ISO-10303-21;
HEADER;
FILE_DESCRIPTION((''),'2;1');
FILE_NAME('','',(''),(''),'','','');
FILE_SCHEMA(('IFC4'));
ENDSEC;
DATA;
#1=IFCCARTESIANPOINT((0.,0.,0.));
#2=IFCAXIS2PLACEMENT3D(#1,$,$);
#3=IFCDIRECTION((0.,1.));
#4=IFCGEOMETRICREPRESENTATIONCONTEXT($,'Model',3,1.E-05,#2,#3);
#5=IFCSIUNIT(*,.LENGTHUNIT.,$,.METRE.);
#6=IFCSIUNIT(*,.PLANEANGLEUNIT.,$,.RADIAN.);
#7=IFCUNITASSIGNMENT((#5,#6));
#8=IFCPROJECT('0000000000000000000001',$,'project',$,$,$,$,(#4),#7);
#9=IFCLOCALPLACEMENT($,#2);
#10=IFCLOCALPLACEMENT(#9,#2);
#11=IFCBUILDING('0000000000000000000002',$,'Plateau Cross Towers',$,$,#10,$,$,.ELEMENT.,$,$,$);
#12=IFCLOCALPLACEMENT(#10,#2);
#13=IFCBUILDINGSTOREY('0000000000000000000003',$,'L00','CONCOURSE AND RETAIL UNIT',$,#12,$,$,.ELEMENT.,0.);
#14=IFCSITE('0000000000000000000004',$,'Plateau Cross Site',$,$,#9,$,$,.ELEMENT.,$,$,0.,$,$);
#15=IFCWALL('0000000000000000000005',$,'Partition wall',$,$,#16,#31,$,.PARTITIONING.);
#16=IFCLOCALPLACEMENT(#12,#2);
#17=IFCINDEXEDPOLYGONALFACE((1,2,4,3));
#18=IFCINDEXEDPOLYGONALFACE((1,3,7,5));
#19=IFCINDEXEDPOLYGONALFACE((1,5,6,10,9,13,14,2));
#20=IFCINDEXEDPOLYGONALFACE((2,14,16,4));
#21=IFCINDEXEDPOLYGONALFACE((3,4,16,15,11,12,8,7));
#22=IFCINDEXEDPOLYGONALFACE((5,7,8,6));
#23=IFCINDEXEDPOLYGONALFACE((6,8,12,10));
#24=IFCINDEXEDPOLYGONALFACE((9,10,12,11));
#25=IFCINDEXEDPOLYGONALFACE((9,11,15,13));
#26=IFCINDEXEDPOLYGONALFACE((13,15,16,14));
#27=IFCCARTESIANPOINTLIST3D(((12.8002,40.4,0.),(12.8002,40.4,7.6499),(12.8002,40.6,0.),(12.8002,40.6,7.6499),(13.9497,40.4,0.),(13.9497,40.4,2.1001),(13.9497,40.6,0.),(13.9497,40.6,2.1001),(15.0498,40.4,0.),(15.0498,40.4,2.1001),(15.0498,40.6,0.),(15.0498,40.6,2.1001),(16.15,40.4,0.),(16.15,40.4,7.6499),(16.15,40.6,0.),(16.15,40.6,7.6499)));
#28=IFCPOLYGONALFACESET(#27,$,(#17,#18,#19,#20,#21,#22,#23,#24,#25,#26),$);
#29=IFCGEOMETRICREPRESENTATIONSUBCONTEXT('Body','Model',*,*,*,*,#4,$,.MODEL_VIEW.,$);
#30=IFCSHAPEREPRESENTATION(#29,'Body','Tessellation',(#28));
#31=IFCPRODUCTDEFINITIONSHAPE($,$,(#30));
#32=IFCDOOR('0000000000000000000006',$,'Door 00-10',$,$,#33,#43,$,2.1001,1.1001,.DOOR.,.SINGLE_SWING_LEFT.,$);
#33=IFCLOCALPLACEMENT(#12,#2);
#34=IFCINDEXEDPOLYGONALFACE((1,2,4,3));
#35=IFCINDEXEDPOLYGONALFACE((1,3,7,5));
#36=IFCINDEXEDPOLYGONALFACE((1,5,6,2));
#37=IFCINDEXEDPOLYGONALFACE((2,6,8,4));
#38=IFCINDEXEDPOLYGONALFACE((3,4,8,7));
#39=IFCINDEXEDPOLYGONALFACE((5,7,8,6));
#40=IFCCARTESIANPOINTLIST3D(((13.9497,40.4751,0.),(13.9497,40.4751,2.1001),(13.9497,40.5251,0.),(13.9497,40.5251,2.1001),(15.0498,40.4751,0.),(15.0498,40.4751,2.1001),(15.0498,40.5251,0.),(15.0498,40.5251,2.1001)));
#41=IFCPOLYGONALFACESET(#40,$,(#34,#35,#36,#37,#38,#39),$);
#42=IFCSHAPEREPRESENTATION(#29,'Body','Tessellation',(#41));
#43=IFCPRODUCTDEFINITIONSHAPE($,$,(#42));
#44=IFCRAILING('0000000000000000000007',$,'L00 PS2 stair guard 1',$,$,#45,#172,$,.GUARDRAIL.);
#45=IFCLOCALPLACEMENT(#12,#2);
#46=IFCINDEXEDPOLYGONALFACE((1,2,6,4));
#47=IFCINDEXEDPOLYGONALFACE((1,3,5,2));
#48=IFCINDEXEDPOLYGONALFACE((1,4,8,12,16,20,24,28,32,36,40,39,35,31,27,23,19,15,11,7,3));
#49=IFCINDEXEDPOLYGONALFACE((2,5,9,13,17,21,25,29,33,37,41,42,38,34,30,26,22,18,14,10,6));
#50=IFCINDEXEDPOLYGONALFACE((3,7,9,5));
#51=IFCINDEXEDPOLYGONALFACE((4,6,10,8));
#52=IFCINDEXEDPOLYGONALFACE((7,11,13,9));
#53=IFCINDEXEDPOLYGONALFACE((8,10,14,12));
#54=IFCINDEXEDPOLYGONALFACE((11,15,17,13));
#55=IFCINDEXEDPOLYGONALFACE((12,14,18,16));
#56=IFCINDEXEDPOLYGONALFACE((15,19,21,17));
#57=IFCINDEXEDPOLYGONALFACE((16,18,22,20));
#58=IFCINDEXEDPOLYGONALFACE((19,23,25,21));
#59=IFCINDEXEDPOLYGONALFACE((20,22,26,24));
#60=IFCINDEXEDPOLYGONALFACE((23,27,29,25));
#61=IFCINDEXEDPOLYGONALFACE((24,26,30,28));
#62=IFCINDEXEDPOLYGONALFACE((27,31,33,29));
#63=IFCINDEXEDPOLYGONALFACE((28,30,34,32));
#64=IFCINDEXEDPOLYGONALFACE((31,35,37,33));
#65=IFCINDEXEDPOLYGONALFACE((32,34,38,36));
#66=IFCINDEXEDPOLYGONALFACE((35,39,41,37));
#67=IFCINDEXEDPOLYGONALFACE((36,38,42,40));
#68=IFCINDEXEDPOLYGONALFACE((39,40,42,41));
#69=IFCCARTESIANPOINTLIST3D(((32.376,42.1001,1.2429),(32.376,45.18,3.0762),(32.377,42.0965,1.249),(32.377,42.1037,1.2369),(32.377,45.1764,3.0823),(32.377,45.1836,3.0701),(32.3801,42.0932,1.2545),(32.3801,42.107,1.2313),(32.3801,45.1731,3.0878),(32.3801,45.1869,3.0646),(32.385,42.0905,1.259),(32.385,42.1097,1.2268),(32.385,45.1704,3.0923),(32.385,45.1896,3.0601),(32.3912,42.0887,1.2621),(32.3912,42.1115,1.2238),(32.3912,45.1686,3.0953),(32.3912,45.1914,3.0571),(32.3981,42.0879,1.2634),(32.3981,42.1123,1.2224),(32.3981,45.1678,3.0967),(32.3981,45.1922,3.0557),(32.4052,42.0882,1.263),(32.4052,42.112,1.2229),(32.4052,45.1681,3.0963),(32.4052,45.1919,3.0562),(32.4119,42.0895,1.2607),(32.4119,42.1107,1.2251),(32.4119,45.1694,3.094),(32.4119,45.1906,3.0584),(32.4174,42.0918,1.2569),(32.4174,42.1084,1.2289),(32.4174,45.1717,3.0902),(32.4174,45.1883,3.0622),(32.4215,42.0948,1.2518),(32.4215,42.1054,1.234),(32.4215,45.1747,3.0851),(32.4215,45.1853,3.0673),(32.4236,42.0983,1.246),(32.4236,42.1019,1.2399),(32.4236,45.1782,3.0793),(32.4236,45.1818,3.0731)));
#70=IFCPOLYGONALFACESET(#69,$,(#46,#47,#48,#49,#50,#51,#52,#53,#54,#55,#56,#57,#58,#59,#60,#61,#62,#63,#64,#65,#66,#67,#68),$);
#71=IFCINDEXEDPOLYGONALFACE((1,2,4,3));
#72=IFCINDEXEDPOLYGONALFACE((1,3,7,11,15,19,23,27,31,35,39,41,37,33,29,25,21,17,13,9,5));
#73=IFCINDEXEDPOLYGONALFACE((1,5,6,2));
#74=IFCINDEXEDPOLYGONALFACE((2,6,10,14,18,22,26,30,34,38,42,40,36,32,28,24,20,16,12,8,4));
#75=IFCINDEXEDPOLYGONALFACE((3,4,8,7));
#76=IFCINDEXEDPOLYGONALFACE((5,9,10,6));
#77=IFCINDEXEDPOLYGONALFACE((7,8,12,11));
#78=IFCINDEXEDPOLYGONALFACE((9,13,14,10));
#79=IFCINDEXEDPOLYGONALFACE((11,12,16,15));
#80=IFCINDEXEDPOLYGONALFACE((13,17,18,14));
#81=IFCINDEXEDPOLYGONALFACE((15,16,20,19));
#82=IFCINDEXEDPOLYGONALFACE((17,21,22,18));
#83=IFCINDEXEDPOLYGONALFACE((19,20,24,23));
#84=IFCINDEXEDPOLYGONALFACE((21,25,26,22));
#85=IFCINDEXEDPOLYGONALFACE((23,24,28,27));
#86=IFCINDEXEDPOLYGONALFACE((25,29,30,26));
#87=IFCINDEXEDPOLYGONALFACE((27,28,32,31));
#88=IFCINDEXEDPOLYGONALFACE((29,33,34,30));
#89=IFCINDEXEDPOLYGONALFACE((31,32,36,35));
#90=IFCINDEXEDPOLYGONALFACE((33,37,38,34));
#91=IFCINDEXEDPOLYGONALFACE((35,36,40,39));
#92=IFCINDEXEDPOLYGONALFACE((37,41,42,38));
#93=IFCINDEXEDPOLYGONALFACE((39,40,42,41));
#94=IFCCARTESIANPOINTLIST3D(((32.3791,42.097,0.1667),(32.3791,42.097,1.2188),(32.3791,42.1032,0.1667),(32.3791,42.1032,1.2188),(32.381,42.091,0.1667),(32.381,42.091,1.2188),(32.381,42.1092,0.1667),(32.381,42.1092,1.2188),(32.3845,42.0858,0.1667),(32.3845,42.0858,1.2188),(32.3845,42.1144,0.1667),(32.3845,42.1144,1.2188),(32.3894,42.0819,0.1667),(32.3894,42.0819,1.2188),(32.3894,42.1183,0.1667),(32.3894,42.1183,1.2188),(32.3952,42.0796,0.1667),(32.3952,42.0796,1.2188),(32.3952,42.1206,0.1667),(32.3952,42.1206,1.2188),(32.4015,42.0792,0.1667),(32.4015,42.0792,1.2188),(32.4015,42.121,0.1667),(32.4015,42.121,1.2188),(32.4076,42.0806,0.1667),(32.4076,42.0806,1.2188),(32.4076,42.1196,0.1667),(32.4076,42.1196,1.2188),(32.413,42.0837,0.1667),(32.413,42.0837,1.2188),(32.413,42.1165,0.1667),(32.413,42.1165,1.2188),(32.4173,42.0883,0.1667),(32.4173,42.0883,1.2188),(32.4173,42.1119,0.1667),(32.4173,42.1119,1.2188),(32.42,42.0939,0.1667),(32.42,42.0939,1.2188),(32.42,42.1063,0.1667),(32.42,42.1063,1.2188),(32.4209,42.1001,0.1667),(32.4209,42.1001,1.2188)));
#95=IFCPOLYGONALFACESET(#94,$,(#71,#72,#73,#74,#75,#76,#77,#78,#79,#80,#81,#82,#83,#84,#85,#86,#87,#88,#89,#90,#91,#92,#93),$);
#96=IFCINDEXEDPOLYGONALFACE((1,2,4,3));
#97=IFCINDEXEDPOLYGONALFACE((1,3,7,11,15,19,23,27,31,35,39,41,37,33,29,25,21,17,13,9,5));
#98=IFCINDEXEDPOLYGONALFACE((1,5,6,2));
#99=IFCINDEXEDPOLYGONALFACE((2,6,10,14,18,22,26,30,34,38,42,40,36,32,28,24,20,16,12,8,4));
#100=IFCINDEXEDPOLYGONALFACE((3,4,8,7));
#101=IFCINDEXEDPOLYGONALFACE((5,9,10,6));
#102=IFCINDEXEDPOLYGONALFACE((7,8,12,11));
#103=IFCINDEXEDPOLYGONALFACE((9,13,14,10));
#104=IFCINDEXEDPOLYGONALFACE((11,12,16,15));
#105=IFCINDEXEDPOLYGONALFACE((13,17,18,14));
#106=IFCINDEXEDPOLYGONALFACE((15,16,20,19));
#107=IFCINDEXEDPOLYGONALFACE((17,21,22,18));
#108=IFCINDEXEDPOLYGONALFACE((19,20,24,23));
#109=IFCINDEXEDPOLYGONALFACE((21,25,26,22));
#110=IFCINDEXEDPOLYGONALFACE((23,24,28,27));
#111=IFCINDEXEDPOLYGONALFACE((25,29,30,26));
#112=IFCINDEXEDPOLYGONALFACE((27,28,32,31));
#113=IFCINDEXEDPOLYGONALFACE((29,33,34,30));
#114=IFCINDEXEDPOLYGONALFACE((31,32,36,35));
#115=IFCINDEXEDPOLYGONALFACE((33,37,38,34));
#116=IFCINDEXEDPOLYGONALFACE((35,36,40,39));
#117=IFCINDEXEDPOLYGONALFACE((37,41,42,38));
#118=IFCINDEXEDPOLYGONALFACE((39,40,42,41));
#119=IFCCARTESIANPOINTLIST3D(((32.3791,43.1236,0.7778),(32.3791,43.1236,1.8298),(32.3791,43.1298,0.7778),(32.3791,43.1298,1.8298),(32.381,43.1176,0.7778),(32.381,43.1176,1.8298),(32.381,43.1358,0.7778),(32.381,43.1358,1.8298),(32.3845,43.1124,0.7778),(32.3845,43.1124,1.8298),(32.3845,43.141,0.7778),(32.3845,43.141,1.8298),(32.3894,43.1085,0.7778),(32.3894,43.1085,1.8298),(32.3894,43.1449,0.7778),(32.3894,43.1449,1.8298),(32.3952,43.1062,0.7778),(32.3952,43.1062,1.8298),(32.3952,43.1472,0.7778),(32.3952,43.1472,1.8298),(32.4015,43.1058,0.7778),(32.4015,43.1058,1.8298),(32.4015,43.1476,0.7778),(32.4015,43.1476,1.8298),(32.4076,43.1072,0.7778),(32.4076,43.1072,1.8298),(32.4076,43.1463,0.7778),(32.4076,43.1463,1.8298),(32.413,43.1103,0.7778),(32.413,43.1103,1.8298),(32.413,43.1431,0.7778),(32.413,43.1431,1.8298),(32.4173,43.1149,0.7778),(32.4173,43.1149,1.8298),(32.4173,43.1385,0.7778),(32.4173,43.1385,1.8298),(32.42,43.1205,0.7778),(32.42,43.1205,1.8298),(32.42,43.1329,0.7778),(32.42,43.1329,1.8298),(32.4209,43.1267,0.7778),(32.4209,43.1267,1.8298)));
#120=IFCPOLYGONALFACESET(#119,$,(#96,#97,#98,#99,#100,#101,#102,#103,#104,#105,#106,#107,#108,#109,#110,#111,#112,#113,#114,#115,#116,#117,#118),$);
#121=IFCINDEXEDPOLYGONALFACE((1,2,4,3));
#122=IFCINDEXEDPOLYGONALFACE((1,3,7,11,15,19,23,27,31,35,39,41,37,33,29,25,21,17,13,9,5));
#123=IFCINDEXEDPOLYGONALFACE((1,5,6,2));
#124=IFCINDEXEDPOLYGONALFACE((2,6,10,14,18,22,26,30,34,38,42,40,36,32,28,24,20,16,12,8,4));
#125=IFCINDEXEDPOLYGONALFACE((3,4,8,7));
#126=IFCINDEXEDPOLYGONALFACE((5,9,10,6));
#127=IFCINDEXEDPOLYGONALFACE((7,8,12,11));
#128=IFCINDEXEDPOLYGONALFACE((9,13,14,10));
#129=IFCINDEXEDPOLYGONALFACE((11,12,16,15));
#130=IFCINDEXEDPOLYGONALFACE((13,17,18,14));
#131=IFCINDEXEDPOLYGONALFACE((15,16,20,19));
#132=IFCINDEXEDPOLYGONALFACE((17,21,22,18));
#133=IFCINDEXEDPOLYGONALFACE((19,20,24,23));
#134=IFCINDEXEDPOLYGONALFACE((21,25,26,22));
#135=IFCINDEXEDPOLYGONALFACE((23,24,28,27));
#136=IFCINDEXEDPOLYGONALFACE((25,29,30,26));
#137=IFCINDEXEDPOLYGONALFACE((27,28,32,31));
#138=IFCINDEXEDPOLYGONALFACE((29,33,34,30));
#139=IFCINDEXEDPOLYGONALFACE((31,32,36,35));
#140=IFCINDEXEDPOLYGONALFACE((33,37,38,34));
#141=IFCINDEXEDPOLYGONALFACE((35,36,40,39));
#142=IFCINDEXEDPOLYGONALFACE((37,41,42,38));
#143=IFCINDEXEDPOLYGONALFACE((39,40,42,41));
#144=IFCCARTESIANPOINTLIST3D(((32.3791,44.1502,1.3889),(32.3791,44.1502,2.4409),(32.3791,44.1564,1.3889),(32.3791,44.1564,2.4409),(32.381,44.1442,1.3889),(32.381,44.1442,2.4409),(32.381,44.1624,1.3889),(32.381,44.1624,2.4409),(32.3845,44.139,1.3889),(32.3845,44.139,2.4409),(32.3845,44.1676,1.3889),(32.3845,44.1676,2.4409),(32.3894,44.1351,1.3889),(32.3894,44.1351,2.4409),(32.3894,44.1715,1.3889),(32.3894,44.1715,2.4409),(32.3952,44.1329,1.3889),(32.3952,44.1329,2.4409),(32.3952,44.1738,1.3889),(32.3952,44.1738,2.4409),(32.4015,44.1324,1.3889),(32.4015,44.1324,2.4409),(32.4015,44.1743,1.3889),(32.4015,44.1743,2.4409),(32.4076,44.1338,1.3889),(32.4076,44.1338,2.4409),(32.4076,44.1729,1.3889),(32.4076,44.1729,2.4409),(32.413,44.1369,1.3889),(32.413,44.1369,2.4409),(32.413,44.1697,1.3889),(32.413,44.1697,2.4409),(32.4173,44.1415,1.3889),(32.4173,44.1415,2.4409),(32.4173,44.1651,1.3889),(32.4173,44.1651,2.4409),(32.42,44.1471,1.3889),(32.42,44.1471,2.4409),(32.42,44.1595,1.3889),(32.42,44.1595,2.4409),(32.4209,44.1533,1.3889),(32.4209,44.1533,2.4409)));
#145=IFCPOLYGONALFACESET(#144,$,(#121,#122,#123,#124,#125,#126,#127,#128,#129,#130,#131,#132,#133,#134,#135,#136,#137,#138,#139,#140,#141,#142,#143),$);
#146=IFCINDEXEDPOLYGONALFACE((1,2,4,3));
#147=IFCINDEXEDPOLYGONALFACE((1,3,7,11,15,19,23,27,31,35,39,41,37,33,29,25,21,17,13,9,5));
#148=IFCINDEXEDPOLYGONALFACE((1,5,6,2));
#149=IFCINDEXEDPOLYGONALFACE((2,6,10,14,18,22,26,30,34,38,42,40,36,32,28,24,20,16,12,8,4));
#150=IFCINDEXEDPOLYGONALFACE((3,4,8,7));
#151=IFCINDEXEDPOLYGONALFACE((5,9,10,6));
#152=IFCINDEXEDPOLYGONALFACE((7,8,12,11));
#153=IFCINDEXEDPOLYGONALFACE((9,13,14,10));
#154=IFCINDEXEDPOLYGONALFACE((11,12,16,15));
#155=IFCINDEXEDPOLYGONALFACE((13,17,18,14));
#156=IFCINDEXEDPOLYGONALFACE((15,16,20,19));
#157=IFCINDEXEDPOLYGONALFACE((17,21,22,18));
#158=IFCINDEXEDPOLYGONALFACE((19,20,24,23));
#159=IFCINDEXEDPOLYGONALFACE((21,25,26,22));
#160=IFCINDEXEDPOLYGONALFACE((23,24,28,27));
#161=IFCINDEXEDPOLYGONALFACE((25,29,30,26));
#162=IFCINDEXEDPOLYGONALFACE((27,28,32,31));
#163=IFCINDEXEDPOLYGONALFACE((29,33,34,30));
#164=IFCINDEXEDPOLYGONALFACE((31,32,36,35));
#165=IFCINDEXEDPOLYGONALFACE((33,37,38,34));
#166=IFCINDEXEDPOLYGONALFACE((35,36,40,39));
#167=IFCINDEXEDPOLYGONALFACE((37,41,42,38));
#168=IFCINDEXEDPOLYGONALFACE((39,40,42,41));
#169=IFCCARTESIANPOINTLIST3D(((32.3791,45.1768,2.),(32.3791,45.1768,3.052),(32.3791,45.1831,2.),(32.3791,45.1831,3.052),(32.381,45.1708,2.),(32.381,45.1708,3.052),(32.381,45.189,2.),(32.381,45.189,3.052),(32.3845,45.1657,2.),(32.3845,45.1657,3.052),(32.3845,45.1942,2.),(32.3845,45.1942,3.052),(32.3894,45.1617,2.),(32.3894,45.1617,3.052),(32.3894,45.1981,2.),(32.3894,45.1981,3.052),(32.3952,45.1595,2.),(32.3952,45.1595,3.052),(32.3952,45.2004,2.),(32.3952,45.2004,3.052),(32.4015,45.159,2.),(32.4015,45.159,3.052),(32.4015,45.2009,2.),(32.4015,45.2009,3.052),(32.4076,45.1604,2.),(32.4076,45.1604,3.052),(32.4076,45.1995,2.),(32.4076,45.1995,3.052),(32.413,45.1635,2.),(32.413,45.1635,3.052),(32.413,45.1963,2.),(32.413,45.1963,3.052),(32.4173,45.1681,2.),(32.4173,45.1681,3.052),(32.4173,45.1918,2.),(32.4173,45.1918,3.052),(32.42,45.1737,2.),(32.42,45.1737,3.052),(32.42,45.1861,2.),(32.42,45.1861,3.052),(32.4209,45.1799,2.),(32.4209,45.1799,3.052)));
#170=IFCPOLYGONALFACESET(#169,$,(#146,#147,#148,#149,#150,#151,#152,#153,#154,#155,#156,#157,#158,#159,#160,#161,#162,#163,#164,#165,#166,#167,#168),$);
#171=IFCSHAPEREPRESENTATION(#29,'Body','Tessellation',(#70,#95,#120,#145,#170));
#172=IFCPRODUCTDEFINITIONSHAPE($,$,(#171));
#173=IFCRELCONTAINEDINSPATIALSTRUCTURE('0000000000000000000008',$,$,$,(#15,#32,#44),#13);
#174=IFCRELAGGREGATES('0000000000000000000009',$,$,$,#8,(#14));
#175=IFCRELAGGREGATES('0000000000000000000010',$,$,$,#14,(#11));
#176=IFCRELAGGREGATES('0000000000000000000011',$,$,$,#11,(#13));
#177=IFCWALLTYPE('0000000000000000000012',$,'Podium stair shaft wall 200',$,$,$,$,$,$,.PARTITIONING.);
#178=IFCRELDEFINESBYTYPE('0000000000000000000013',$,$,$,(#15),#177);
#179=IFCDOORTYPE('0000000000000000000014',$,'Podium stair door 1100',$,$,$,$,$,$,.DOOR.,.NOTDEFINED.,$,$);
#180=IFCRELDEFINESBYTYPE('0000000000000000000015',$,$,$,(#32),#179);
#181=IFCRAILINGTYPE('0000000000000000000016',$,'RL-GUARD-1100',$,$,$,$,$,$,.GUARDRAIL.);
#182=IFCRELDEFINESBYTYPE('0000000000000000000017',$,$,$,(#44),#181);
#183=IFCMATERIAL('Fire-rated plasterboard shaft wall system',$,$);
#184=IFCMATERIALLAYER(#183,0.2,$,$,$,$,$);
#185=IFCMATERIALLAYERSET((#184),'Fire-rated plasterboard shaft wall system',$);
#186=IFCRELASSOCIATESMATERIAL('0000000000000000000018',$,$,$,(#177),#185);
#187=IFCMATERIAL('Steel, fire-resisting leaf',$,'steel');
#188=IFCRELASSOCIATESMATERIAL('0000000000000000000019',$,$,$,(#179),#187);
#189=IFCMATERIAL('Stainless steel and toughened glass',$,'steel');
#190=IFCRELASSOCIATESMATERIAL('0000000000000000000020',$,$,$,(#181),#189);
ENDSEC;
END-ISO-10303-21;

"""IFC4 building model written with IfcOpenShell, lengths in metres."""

from ifc_helpers import new_model, si_unit, direction, frame, frame_2d, origin, origin_2d, place, context, subcontext, project, spatial, rectangle, circle, extrude, material, layer, layer_set, type_object, element, fill, save


model = new_model("IFC4")

# Units and contexts
model_context = context("Model", 3, precision=1e-05, world=origin(), true_north=direction((0.0, 1.0)))
body_context = subcontext(model_context, "Body", "Model", "MODEL_VIEW")
ifc_project = project(units=[si_unit("LENGTHUNIT", "METRE"), si_unit("PLANEANGLEUNIT", "RADIAN")], contexts=[model_context])

# Site, building, storey
site_placement = place(None, origin())
site = spatial("IfcSite", under=ifc_project, at=site_placement, Name="Plateau Cross Site", CompositionType="ELEMENT", RefElevation=0.0)
building_placement = place(site_placement, origin())
building = spatial("IfcBuilding", under=site, at=building_placement, Name="Plateau Cross Towers", CompositionType="ELEMENT")
storey_placement = place(building_placement, origin())
storey = spatial("IfcBuildingStorey", under=building, at=storey_placement, Name="L00", Description="CONCOURSE AND RETAIL UNIT", CompositionType="ELEMENT", Elevation=0.0)

# Shared definitions
ifc_material_1 = material(Name="Fire-rated plasterboard shaft wall system")
ifc_layer_1 = layer(ifc_material_1, 0.2)
ifc_layer_set_1 = layer_set([ifc_layer_1], Name="Fire-rated plasterboard shaft wall system")
wall_type_1 = type_object("IfcWallType", Name="Podium stair shaft wall 200", PredefinedType="PARTITIONING", material=ifc_layer_set_1)

# Wall, opening, door
wall_1_placement = place(storey_placement, frame((16.1499, 40.5, 0.0), z_axis=(0.0, 0.0, 1.0), x_axis=(-1.0, 0.0, 0.0)))
wall_1 = element("IfcWall", 1, at=wall_1_placement, inside=storey, type_object=wall_type_1, Name="Partition wall", PredefinedType="PARTITIONING", context=body_context, shape_type="SweptSolid", body=[
    extrude(rectangle(XDim=3.3499, YDim=0.2, at=frame_2d((1.6748, 0.0))), origin(), (0.0, 0.0, 1.0), 7.6499),
])
opening_1_placement = place(wall_1_placement, frame((1.1001, 0.0, 0.0)))
opening_1 = element("IfcOpeningElement", 2, at=opening_1_placement, cuts=wall_1, PredefinedType="OPENING", context=body_context, shape_type="SweptSolid", body=[
    extrude(rectangle(XDim=1.1001, YDim=2.1001, at=frame_2d((0.55, 1.05))), frame((0.0, 0.1099, 0.0), z_axis=(0.0, -1.0, 0.0), x_axis=(1.0, 0.0, 0.0)), (0.0, 0.0, 1.0), 0.22),
])
ifc_material_2 = material(Name="Steel, fire-resisting leaf", Category="steel")
door_type_1 = type_object("IfcDoorType", Name="Podium stair door 1100", OperationType="NOTDEFINED", PredefinedType="DOOR", material=ifc_material_2)
door_1_placement = place(opening_1_placement, origin())
door_1 = element("IfcDoor", 3, at=door_1_placement, inside=storey, type_object=door_type_1, Name="Door 00-10", OperationType="SINGLE_SWING_LEFT", OverallHeight=2.1001, OverallWidth=1.1001, PredefinedType="DOOR", context=body_context, shape_type="SweptSolid", body=[
    extrude(rectangle(XDim=1.1001, YDim=2.1001, at=frame_2d((0.55, 1.05))), frame((0.0, 0.0249, 0.0), z_axis=(0.0, -1.0, 0.0), x_axis=(1.0, 0.0, 0.0)), (0.0, 0.0, 1.0), 0.05),
])
fill(opening_1, door_1)

# Railing
ifc_material_3 = material(Name="Stainless steel and toughened glass", Category="steel")
railing_type = type_object("IfcRailingType", Name="RL-GUARD-1100", PredefinedType="GUARDRAIL", material=ifc_material_3)
railing_placement = place(storey_placement, frame((32.3999, 42.1001, 0.1667)))
element("IfcRailing", 4, at=railing_placement, inside=storey, type_object=railing_type, Name="L00 PS2 stair guard 1", PredefinedType="GUARDRAIL", context=body_context, shape_type="SweptSolid", body=[
    extrude(circle(Radius=0.0239, at=origin_2d()), frame((0.0, 0.0, 1.0762), z_axis=(0.0, 0.859291, 0.511487), x_axis=(-1.0, 0.0, 0.0)), (0.0, 0.0, 1.0), 3.5842),
    extrude(circle(Radius=0.021, at=origin_2d()), origin(), (0.0, 0.0, 1.0), 1.052),
    extrude(circle(Radius=0.021, at=origin_2d()), frame((0.0, 1.0266, 0.6111)), (0.0, 0.0, 1.0), 1.052),
    extrude(circle(Radius=0.021, at=origin_2d()), frame((0.0, 2.0532, 1.2222)), (0.0, 0.0, 1.0), 1.052),
    extrude(circle(Radius=0.021, at=origin_2d()), frame((0.0, 3.0798, 1.8333)), (0.0, 0.0, 1.0), 1.052),
])

save(model, "model.ifc")
